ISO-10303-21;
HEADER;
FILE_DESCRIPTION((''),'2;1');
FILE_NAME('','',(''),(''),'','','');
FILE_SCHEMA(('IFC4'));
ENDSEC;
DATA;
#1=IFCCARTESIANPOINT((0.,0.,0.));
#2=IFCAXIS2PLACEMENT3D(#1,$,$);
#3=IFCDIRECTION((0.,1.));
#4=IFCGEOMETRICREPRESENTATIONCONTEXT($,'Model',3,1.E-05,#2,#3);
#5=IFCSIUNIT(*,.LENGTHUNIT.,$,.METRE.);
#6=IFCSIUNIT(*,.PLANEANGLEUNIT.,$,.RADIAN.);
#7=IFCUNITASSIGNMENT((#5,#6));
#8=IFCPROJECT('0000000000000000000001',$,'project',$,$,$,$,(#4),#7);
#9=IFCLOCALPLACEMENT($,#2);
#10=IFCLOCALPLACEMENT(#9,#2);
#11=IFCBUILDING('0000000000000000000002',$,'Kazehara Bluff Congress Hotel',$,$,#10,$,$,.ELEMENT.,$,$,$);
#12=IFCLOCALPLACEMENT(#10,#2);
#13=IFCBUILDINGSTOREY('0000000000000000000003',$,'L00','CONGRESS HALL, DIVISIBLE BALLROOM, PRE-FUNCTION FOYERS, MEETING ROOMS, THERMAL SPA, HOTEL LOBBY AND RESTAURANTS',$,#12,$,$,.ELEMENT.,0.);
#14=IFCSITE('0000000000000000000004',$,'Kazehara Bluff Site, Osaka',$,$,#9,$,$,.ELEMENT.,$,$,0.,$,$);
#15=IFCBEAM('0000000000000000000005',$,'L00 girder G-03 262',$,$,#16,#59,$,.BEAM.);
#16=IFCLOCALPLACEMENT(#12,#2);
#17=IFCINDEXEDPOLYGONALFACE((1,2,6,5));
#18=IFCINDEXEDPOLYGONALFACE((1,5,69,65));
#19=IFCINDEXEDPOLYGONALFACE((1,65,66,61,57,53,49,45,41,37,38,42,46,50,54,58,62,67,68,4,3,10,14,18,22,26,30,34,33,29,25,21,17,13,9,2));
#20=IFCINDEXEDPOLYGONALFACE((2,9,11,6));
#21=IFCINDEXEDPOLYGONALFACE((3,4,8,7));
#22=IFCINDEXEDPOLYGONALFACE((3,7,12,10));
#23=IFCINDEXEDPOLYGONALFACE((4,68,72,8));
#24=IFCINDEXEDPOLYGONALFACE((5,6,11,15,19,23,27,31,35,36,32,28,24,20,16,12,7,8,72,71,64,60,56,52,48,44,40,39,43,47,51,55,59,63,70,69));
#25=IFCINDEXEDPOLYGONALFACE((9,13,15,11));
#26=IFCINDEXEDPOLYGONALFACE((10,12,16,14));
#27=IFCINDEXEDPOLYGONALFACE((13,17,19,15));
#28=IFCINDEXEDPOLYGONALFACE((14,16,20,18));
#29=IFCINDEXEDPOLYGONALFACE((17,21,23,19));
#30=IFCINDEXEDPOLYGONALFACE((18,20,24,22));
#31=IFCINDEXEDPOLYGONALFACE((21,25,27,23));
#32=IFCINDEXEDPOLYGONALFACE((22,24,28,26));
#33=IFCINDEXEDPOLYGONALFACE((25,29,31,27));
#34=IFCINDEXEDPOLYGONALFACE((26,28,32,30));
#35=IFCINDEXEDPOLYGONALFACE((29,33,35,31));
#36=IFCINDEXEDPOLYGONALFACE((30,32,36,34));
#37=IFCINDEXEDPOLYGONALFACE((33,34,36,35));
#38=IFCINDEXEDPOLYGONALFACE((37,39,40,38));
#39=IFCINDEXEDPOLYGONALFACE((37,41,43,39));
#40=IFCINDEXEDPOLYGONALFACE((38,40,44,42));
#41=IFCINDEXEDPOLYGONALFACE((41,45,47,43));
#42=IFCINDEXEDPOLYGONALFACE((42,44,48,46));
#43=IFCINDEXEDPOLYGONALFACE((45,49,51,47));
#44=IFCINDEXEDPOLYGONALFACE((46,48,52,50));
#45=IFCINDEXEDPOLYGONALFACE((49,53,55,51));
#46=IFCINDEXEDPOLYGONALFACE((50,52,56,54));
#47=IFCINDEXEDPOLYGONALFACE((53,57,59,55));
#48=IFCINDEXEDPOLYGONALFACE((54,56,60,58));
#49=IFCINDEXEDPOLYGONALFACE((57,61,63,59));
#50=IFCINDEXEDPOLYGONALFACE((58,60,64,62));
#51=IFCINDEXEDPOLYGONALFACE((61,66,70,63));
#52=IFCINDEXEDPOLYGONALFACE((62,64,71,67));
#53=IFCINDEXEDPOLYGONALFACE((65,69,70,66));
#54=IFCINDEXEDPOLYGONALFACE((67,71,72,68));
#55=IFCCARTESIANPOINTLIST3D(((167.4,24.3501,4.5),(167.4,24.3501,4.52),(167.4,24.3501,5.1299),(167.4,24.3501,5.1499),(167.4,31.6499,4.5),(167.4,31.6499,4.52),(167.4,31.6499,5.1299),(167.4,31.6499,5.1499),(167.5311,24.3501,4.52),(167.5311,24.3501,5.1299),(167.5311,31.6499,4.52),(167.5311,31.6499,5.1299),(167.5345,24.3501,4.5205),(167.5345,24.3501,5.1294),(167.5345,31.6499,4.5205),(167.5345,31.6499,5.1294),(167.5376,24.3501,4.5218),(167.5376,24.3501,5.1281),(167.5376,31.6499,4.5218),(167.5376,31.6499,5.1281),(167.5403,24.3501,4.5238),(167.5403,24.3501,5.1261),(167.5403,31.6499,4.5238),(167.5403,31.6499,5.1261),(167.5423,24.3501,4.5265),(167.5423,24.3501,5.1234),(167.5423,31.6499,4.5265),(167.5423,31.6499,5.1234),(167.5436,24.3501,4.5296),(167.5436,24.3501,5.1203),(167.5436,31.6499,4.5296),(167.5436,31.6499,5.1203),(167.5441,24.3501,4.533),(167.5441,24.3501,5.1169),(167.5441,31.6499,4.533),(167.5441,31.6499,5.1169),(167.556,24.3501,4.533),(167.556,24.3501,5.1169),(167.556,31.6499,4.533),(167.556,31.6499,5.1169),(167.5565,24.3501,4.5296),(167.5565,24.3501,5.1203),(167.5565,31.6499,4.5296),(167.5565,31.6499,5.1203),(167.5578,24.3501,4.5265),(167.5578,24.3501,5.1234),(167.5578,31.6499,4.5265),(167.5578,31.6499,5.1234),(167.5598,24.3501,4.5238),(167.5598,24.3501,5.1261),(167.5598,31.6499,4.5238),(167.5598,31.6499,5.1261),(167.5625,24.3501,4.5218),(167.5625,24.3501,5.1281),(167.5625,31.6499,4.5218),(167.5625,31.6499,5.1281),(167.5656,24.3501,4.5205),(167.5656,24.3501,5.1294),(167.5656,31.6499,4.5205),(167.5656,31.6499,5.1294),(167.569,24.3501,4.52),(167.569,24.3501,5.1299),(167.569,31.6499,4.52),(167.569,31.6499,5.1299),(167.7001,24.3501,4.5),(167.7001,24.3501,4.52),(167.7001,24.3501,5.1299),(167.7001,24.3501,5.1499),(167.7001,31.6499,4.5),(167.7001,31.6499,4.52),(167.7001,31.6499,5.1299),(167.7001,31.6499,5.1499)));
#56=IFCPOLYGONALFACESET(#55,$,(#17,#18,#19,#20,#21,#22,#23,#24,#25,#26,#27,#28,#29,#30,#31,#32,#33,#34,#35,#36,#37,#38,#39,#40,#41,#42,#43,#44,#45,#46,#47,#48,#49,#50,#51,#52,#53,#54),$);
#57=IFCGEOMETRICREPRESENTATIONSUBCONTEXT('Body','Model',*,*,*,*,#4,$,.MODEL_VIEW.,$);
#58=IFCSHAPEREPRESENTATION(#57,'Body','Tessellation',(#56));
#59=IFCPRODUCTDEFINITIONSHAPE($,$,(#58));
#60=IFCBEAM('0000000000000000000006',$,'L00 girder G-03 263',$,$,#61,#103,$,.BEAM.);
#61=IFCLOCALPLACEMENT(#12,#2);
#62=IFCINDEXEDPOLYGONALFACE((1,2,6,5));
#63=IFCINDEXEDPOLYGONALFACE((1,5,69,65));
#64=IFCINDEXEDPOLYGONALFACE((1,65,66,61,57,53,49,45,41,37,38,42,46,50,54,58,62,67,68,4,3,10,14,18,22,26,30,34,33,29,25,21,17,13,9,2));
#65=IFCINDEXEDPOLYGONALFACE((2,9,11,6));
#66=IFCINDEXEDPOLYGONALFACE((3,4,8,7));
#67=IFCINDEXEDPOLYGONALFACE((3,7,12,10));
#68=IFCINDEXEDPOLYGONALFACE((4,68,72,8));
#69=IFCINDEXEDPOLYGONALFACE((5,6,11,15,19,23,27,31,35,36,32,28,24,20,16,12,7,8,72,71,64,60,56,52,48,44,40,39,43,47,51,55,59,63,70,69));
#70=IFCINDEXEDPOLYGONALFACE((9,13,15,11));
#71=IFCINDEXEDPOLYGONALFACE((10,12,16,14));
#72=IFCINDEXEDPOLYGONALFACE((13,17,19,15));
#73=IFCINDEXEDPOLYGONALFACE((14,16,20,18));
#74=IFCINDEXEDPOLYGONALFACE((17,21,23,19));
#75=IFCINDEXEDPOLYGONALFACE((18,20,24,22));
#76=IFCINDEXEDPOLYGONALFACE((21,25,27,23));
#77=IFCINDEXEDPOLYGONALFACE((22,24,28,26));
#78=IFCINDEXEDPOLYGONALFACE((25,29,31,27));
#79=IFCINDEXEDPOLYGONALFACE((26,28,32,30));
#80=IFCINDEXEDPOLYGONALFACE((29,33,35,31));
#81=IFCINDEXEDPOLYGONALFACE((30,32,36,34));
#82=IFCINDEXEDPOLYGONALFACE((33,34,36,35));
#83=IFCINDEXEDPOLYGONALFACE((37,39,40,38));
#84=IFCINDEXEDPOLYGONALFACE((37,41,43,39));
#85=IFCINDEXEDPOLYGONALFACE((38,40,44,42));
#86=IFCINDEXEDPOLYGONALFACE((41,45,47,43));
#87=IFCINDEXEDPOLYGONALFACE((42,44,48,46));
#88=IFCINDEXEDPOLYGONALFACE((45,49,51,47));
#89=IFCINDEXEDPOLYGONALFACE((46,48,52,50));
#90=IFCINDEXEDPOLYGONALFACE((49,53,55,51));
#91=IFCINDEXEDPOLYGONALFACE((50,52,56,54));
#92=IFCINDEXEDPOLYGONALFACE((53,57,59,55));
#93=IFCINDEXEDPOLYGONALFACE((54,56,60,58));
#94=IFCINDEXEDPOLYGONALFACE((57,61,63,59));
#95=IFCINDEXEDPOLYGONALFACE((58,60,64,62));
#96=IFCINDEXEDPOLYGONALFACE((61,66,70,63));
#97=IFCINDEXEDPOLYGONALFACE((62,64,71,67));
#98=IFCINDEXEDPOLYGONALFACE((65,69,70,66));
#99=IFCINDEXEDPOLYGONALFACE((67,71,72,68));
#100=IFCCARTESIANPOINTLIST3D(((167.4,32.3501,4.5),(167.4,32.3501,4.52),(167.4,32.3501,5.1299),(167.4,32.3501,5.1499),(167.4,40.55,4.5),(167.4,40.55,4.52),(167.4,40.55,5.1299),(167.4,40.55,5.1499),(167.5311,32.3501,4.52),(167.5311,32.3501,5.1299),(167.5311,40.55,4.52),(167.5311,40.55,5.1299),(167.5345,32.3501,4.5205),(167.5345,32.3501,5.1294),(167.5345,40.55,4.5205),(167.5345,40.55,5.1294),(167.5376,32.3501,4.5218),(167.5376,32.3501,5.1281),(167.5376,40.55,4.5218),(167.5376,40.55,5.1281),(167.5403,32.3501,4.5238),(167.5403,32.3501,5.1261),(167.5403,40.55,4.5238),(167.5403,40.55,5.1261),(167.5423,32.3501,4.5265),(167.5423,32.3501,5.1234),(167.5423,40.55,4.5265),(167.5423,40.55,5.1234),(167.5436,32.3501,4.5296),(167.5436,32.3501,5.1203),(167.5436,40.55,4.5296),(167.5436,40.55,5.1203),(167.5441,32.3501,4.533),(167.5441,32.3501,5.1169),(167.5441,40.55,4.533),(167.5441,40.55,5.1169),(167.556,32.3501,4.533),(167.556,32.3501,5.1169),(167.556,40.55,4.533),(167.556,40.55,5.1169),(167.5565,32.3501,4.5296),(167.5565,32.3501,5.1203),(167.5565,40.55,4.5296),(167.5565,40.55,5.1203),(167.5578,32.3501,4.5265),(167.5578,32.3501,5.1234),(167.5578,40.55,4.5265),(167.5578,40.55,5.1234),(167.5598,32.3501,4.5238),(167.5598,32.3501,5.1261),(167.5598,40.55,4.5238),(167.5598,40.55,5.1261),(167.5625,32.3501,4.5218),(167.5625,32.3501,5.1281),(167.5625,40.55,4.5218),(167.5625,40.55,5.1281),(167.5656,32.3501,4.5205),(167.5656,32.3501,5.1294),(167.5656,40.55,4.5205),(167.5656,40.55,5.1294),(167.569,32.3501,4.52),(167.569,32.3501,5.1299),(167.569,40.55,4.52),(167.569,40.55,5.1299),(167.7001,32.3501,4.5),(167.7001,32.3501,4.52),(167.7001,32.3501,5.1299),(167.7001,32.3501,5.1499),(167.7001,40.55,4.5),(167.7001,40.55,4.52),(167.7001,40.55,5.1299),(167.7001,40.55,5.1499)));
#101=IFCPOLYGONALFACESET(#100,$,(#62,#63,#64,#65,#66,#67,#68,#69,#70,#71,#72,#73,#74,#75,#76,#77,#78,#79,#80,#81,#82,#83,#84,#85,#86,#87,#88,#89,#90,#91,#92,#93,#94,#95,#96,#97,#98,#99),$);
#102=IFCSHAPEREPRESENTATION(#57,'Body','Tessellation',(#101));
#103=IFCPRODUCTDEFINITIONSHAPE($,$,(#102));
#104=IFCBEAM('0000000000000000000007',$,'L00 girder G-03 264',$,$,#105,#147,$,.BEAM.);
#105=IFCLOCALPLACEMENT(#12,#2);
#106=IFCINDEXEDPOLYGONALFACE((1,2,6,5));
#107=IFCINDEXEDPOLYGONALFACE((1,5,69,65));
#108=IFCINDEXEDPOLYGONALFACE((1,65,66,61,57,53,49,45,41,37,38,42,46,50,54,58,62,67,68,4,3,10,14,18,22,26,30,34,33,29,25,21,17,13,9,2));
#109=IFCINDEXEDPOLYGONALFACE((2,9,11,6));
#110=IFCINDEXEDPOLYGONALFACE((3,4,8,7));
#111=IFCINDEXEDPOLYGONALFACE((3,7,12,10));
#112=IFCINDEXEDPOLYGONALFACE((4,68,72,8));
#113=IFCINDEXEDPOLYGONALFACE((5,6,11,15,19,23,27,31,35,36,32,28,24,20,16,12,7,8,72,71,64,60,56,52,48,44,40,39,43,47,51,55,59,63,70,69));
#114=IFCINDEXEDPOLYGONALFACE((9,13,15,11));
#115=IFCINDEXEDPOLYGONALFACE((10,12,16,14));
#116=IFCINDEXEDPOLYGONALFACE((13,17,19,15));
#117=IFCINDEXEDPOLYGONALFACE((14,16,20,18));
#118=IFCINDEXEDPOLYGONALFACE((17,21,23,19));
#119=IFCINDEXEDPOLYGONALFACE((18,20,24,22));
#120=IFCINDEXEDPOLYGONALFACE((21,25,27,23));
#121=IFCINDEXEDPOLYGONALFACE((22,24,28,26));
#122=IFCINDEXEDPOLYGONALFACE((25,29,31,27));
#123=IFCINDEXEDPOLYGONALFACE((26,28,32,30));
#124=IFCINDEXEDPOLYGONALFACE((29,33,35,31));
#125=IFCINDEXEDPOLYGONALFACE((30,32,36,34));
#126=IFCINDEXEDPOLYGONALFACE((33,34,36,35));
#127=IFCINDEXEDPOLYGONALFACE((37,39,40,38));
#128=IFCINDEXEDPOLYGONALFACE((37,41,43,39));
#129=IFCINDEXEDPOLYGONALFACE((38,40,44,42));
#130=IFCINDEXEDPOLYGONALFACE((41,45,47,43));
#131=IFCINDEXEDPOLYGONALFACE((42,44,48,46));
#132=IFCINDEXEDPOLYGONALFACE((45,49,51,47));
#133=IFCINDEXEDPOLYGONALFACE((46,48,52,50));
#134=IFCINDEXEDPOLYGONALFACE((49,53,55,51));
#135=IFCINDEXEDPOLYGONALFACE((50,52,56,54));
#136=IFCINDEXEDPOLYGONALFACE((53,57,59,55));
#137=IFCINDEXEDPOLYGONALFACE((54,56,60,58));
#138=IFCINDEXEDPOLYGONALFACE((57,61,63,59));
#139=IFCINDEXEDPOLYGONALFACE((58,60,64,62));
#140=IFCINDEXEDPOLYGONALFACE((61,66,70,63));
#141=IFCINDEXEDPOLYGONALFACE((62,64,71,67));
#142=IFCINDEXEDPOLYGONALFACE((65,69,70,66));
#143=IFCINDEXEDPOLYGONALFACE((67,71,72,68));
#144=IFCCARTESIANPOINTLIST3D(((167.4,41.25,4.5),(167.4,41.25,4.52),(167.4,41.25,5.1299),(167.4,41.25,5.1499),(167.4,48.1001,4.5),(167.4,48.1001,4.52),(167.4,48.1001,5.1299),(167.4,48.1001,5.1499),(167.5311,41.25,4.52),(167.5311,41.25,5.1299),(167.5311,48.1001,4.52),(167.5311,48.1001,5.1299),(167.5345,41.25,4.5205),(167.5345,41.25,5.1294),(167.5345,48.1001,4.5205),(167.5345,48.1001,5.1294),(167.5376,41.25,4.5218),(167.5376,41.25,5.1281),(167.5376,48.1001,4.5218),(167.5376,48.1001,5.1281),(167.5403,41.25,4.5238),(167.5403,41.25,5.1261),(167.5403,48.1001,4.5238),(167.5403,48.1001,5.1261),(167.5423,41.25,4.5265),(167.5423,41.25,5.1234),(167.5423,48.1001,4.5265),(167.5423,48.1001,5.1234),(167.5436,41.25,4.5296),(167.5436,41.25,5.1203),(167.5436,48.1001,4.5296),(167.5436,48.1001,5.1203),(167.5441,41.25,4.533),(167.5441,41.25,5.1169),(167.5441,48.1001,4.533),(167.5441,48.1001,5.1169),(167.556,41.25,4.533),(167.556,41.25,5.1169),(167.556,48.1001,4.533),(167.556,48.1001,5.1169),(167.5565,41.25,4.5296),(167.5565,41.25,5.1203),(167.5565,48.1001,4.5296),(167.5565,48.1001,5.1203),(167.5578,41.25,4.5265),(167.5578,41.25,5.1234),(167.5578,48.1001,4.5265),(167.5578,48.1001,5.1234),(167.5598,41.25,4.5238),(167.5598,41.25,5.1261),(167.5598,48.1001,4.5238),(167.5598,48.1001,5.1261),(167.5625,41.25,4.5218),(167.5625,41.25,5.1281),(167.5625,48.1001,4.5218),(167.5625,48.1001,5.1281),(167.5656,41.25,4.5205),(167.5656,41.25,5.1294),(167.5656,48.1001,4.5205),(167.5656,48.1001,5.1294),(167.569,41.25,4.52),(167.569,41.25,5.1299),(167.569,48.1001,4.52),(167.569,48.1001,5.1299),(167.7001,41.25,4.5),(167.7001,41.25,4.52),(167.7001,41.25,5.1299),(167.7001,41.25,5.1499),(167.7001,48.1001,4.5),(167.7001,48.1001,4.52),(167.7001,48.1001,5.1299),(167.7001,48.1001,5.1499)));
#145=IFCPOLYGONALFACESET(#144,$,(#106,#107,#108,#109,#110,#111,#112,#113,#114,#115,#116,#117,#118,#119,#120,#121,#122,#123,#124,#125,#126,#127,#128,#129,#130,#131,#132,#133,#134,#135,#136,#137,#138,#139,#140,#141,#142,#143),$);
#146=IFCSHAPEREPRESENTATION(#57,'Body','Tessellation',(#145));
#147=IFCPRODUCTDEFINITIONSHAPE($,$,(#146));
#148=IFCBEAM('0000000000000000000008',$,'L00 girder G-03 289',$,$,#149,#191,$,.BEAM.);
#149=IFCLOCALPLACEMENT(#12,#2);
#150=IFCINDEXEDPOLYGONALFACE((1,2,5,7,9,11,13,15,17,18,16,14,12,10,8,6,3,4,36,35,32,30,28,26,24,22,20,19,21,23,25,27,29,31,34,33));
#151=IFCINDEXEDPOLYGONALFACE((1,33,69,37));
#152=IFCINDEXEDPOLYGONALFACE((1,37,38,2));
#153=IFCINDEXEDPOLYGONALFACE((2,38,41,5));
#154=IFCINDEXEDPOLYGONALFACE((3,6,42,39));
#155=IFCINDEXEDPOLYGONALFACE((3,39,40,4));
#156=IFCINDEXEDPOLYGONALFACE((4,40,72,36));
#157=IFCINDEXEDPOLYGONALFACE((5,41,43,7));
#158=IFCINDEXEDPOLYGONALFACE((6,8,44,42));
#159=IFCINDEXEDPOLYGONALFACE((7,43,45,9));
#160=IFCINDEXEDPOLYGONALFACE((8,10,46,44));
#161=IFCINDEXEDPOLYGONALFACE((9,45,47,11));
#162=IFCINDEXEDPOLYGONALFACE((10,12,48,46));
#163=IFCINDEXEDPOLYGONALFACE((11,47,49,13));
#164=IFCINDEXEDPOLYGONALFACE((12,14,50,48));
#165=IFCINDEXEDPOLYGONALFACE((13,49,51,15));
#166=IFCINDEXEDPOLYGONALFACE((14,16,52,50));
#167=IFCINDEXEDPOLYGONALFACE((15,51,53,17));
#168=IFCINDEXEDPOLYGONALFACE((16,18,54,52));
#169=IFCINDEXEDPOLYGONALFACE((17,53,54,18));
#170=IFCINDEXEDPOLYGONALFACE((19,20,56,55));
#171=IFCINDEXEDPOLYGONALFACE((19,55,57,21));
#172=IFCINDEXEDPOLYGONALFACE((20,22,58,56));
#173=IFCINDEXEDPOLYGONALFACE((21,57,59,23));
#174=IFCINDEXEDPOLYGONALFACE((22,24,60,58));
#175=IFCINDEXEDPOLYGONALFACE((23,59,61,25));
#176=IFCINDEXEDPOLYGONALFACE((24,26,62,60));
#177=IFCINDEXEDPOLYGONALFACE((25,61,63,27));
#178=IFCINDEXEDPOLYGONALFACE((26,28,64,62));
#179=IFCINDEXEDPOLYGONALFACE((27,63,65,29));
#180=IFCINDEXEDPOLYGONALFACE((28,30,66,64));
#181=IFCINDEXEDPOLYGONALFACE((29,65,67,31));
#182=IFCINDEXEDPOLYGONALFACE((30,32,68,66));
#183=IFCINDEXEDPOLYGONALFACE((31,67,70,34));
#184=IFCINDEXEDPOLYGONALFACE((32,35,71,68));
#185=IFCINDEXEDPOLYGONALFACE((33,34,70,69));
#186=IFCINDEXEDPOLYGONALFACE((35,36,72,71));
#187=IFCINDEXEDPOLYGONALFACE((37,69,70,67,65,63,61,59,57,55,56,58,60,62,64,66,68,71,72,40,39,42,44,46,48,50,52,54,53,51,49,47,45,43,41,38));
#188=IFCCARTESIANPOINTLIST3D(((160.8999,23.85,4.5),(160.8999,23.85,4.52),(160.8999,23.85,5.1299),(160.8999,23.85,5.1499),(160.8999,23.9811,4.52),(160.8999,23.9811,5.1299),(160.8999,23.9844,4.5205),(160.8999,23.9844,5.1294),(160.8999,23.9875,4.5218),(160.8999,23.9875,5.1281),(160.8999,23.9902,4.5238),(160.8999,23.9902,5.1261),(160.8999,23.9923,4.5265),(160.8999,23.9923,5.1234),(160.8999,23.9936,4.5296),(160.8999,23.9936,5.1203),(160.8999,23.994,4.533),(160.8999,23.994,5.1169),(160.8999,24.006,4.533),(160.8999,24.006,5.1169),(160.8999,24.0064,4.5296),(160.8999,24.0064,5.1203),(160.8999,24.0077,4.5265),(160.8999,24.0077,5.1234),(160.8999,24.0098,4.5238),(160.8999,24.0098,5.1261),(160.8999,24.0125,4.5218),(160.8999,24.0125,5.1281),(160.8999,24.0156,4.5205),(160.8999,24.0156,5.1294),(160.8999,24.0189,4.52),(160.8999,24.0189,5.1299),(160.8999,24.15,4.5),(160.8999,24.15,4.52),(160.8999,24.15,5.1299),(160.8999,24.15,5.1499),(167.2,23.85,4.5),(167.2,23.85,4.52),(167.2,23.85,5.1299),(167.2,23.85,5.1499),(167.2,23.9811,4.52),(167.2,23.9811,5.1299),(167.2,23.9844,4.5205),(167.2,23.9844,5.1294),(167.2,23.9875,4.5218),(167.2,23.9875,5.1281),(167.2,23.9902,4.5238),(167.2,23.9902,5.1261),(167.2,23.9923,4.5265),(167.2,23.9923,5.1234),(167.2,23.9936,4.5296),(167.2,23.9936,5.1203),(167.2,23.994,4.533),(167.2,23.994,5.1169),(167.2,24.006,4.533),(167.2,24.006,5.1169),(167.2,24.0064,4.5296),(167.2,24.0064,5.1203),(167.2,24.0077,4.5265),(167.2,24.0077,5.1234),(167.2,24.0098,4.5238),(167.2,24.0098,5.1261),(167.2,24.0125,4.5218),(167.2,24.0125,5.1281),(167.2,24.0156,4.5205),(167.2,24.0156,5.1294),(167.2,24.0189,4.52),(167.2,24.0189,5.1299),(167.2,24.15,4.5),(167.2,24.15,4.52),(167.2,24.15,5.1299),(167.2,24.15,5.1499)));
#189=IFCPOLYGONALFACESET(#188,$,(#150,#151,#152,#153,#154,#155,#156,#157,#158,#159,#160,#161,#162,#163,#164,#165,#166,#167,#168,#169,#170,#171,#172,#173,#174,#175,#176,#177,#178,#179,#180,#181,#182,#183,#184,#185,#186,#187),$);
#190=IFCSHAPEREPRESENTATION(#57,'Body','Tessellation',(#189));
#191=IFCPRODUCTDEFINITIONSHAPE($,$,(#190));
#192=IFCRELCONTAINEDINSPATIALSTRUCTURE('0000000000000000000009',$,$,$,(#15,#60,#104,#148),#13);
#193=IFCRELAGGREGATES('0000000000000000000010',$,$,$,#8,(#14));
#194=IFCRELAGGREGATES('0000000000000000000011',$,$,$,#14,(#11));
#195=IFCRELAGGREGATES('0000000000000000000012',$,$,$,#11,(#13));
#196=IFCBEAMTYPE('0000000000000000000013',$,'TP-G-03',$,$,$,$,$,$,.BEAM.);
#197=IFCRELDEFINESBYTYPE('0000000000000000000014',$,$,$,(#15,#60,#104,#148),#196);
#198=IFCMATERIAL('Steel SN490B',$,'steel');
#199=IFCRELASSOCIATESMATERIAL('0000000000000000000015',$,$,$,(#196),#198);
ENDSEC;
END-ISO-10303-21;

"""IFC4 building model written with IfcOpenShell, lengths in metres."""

from ifc_helpers import new_model, si_unit, direction, frame, origin, origin_2d, place, context, subcontext, project, spatial, i_section, extrude, material, material_profile, profile_set, type_object, element, save


model = new_model("IFC4")

# Units and contexts
model_context = context("Model", 3, precision=1e-05, world=origin(), true_north=direction((0.0, 1.0)))
body_context = subcontext(model_context, "Body", "Model", "MODEL_VIEW")
ifc_project = project(units=[si_unit("LENGTHUNIT", "METRE"), si_unit("PLANEANGLEUNIT", "RADIAN")], contexts=[model_context])

# Site, building, storey
site_placement = place(None, origin())
site = spatial("IfcSite", under=ifc_project, at=site_placement, Name="Kazehara Bluff Site, Osaka", CompositionType="ELEMENT", RefElevation=0.0)
building_placement = place(site_placement, origin())
building = spatial("IfcBuilding", under=site, at=building_placement, Name="Kazehara Bluff Congress Hotel", CompositionType="ELEMENT")
storey_placement = place(building_placement, origin())
storey = spatial("IfcBuildingStorey", under=building, at=storey_placement, Name="L00", Description="CONGRESS HALL, DIVISIBLE BALLROOM, PRE-FUNCTION FOYERS, MEETING ROOMS, THERMAL SPA, HOTEL LOBBY AND RESTAURANTS", CompositionType="ELEMENT", Elevation=0.0)

# Beams
ifc_material_1 = material(Name="Steel SN490B", Category="steel")
ifc_material_profile_1 = material_profile(ifc_material_1, i_section(OverallWidth=0.3, OverallDepth=0.6499, WebThickness=0.012, FlangeThickness=0.02, FilletRadius=0.0129, at=origin_2d()))
ifc_profile_set_1 = profile_set([ifc_material_profile_1], Name="Steel SN490B")
beam_type_1 = type_object("IfcBeamType", Name="TP-G-03", PredefinedType="BEAM", material=ifc_profile_set_1)
beam_1_placement = place(storey_placement, frame((167.55, 24.3501, 4.825), z_axis=(0.0, 1.0, 0.0), x_axis=(-1.0, 0.0, 0.0)))
element("IfcBeam", 1, at=beam_1_placement, inside=storey, type_object=beam_type_1, Name="L00 girder G-03 262", PredefinedType="BEAM", context=body_context, shape_type="SweptSolid", body=[
    extrude(i_section(OverallWidth=0.3, OverallDepth=0.6499, WebThickness=0.012, FlangeThickness=0.02, FilletRadius=0.0129, at=origin_2d()), origin(), (0.0, 0.0, 1.0), 7.2998),
])
beam_2_placement = place(storey_placement, frame((167.55, 32.3501, 4.825), z_axis=(0.0, 1.0, 0.0), x_axis=(-1.0, 0.0, 0.0)))
element("IfcBeam", 2, at=beam_2_placement, inside=storey, type_object=beam_type_1, Name="L00 girder G-03 263", PredefinedType="BEAM", context=body_context, shape_type="SweptSolid", body=[
    extrude(i_section(OverallWidth=0.3, OverallDepth=0.6499, WebThickness=0.012, FlangeThickness=0.02, FilletRadius=0.0129, at=origin_2d()), origin(), (0.0, 0.0, 1.0), 8.2),
])
beam_3_placement = place(storey_placement, frame((167.55, 41.25, 4.825), z_axis=(0.0, 1.0, 0.0), x_axis=(-1.0, 0.0, 0.0)))
element("IfcBeam", 3, at=beam_3_placement, inside=storey, type_object=beam_type_1, Name="L00 girder G-03 264", PredefinedType="BEAM", context=body_context, shape_type="SweptSolid", body=[
    extrude(i_section(OverallWidth=0.3, OverallDepth=0.6499, WebThickness=0.012, FlangeThickness=0.02, FilletRadius=0.0129, at=origin_2d()), origin(), (0.0, 0.0, 1.0), 6.8501),
])
for number, where, z_axis, x_axis, name in (
    (4, (160.8999, 24.0, 4.825), (1.0, 0.0, 0.0), (0.0, 1.0, 0.0), "L00 girder G-03 289"),
):
    element("IfcBeam", number, at=place(storey_placement, frame(where, z_axis=z_axis, x_axis=x_axis)), inside=storey, type_object=beam_type_1, Name=name, PredefinedType="BEAM", context=body_context, shape_type="SweptSolid", body=[
        extrude(i_section(OverallWidth=0.3, OverallDepth=0.6499, WebThickness=0.012, FlangeThickness=0.02, FilletRadius=0.0129, at=origin_2d()), origin(), (0.0, 0.0, 1.0), 6.3),
    ])

save(model, "model.ifc")
